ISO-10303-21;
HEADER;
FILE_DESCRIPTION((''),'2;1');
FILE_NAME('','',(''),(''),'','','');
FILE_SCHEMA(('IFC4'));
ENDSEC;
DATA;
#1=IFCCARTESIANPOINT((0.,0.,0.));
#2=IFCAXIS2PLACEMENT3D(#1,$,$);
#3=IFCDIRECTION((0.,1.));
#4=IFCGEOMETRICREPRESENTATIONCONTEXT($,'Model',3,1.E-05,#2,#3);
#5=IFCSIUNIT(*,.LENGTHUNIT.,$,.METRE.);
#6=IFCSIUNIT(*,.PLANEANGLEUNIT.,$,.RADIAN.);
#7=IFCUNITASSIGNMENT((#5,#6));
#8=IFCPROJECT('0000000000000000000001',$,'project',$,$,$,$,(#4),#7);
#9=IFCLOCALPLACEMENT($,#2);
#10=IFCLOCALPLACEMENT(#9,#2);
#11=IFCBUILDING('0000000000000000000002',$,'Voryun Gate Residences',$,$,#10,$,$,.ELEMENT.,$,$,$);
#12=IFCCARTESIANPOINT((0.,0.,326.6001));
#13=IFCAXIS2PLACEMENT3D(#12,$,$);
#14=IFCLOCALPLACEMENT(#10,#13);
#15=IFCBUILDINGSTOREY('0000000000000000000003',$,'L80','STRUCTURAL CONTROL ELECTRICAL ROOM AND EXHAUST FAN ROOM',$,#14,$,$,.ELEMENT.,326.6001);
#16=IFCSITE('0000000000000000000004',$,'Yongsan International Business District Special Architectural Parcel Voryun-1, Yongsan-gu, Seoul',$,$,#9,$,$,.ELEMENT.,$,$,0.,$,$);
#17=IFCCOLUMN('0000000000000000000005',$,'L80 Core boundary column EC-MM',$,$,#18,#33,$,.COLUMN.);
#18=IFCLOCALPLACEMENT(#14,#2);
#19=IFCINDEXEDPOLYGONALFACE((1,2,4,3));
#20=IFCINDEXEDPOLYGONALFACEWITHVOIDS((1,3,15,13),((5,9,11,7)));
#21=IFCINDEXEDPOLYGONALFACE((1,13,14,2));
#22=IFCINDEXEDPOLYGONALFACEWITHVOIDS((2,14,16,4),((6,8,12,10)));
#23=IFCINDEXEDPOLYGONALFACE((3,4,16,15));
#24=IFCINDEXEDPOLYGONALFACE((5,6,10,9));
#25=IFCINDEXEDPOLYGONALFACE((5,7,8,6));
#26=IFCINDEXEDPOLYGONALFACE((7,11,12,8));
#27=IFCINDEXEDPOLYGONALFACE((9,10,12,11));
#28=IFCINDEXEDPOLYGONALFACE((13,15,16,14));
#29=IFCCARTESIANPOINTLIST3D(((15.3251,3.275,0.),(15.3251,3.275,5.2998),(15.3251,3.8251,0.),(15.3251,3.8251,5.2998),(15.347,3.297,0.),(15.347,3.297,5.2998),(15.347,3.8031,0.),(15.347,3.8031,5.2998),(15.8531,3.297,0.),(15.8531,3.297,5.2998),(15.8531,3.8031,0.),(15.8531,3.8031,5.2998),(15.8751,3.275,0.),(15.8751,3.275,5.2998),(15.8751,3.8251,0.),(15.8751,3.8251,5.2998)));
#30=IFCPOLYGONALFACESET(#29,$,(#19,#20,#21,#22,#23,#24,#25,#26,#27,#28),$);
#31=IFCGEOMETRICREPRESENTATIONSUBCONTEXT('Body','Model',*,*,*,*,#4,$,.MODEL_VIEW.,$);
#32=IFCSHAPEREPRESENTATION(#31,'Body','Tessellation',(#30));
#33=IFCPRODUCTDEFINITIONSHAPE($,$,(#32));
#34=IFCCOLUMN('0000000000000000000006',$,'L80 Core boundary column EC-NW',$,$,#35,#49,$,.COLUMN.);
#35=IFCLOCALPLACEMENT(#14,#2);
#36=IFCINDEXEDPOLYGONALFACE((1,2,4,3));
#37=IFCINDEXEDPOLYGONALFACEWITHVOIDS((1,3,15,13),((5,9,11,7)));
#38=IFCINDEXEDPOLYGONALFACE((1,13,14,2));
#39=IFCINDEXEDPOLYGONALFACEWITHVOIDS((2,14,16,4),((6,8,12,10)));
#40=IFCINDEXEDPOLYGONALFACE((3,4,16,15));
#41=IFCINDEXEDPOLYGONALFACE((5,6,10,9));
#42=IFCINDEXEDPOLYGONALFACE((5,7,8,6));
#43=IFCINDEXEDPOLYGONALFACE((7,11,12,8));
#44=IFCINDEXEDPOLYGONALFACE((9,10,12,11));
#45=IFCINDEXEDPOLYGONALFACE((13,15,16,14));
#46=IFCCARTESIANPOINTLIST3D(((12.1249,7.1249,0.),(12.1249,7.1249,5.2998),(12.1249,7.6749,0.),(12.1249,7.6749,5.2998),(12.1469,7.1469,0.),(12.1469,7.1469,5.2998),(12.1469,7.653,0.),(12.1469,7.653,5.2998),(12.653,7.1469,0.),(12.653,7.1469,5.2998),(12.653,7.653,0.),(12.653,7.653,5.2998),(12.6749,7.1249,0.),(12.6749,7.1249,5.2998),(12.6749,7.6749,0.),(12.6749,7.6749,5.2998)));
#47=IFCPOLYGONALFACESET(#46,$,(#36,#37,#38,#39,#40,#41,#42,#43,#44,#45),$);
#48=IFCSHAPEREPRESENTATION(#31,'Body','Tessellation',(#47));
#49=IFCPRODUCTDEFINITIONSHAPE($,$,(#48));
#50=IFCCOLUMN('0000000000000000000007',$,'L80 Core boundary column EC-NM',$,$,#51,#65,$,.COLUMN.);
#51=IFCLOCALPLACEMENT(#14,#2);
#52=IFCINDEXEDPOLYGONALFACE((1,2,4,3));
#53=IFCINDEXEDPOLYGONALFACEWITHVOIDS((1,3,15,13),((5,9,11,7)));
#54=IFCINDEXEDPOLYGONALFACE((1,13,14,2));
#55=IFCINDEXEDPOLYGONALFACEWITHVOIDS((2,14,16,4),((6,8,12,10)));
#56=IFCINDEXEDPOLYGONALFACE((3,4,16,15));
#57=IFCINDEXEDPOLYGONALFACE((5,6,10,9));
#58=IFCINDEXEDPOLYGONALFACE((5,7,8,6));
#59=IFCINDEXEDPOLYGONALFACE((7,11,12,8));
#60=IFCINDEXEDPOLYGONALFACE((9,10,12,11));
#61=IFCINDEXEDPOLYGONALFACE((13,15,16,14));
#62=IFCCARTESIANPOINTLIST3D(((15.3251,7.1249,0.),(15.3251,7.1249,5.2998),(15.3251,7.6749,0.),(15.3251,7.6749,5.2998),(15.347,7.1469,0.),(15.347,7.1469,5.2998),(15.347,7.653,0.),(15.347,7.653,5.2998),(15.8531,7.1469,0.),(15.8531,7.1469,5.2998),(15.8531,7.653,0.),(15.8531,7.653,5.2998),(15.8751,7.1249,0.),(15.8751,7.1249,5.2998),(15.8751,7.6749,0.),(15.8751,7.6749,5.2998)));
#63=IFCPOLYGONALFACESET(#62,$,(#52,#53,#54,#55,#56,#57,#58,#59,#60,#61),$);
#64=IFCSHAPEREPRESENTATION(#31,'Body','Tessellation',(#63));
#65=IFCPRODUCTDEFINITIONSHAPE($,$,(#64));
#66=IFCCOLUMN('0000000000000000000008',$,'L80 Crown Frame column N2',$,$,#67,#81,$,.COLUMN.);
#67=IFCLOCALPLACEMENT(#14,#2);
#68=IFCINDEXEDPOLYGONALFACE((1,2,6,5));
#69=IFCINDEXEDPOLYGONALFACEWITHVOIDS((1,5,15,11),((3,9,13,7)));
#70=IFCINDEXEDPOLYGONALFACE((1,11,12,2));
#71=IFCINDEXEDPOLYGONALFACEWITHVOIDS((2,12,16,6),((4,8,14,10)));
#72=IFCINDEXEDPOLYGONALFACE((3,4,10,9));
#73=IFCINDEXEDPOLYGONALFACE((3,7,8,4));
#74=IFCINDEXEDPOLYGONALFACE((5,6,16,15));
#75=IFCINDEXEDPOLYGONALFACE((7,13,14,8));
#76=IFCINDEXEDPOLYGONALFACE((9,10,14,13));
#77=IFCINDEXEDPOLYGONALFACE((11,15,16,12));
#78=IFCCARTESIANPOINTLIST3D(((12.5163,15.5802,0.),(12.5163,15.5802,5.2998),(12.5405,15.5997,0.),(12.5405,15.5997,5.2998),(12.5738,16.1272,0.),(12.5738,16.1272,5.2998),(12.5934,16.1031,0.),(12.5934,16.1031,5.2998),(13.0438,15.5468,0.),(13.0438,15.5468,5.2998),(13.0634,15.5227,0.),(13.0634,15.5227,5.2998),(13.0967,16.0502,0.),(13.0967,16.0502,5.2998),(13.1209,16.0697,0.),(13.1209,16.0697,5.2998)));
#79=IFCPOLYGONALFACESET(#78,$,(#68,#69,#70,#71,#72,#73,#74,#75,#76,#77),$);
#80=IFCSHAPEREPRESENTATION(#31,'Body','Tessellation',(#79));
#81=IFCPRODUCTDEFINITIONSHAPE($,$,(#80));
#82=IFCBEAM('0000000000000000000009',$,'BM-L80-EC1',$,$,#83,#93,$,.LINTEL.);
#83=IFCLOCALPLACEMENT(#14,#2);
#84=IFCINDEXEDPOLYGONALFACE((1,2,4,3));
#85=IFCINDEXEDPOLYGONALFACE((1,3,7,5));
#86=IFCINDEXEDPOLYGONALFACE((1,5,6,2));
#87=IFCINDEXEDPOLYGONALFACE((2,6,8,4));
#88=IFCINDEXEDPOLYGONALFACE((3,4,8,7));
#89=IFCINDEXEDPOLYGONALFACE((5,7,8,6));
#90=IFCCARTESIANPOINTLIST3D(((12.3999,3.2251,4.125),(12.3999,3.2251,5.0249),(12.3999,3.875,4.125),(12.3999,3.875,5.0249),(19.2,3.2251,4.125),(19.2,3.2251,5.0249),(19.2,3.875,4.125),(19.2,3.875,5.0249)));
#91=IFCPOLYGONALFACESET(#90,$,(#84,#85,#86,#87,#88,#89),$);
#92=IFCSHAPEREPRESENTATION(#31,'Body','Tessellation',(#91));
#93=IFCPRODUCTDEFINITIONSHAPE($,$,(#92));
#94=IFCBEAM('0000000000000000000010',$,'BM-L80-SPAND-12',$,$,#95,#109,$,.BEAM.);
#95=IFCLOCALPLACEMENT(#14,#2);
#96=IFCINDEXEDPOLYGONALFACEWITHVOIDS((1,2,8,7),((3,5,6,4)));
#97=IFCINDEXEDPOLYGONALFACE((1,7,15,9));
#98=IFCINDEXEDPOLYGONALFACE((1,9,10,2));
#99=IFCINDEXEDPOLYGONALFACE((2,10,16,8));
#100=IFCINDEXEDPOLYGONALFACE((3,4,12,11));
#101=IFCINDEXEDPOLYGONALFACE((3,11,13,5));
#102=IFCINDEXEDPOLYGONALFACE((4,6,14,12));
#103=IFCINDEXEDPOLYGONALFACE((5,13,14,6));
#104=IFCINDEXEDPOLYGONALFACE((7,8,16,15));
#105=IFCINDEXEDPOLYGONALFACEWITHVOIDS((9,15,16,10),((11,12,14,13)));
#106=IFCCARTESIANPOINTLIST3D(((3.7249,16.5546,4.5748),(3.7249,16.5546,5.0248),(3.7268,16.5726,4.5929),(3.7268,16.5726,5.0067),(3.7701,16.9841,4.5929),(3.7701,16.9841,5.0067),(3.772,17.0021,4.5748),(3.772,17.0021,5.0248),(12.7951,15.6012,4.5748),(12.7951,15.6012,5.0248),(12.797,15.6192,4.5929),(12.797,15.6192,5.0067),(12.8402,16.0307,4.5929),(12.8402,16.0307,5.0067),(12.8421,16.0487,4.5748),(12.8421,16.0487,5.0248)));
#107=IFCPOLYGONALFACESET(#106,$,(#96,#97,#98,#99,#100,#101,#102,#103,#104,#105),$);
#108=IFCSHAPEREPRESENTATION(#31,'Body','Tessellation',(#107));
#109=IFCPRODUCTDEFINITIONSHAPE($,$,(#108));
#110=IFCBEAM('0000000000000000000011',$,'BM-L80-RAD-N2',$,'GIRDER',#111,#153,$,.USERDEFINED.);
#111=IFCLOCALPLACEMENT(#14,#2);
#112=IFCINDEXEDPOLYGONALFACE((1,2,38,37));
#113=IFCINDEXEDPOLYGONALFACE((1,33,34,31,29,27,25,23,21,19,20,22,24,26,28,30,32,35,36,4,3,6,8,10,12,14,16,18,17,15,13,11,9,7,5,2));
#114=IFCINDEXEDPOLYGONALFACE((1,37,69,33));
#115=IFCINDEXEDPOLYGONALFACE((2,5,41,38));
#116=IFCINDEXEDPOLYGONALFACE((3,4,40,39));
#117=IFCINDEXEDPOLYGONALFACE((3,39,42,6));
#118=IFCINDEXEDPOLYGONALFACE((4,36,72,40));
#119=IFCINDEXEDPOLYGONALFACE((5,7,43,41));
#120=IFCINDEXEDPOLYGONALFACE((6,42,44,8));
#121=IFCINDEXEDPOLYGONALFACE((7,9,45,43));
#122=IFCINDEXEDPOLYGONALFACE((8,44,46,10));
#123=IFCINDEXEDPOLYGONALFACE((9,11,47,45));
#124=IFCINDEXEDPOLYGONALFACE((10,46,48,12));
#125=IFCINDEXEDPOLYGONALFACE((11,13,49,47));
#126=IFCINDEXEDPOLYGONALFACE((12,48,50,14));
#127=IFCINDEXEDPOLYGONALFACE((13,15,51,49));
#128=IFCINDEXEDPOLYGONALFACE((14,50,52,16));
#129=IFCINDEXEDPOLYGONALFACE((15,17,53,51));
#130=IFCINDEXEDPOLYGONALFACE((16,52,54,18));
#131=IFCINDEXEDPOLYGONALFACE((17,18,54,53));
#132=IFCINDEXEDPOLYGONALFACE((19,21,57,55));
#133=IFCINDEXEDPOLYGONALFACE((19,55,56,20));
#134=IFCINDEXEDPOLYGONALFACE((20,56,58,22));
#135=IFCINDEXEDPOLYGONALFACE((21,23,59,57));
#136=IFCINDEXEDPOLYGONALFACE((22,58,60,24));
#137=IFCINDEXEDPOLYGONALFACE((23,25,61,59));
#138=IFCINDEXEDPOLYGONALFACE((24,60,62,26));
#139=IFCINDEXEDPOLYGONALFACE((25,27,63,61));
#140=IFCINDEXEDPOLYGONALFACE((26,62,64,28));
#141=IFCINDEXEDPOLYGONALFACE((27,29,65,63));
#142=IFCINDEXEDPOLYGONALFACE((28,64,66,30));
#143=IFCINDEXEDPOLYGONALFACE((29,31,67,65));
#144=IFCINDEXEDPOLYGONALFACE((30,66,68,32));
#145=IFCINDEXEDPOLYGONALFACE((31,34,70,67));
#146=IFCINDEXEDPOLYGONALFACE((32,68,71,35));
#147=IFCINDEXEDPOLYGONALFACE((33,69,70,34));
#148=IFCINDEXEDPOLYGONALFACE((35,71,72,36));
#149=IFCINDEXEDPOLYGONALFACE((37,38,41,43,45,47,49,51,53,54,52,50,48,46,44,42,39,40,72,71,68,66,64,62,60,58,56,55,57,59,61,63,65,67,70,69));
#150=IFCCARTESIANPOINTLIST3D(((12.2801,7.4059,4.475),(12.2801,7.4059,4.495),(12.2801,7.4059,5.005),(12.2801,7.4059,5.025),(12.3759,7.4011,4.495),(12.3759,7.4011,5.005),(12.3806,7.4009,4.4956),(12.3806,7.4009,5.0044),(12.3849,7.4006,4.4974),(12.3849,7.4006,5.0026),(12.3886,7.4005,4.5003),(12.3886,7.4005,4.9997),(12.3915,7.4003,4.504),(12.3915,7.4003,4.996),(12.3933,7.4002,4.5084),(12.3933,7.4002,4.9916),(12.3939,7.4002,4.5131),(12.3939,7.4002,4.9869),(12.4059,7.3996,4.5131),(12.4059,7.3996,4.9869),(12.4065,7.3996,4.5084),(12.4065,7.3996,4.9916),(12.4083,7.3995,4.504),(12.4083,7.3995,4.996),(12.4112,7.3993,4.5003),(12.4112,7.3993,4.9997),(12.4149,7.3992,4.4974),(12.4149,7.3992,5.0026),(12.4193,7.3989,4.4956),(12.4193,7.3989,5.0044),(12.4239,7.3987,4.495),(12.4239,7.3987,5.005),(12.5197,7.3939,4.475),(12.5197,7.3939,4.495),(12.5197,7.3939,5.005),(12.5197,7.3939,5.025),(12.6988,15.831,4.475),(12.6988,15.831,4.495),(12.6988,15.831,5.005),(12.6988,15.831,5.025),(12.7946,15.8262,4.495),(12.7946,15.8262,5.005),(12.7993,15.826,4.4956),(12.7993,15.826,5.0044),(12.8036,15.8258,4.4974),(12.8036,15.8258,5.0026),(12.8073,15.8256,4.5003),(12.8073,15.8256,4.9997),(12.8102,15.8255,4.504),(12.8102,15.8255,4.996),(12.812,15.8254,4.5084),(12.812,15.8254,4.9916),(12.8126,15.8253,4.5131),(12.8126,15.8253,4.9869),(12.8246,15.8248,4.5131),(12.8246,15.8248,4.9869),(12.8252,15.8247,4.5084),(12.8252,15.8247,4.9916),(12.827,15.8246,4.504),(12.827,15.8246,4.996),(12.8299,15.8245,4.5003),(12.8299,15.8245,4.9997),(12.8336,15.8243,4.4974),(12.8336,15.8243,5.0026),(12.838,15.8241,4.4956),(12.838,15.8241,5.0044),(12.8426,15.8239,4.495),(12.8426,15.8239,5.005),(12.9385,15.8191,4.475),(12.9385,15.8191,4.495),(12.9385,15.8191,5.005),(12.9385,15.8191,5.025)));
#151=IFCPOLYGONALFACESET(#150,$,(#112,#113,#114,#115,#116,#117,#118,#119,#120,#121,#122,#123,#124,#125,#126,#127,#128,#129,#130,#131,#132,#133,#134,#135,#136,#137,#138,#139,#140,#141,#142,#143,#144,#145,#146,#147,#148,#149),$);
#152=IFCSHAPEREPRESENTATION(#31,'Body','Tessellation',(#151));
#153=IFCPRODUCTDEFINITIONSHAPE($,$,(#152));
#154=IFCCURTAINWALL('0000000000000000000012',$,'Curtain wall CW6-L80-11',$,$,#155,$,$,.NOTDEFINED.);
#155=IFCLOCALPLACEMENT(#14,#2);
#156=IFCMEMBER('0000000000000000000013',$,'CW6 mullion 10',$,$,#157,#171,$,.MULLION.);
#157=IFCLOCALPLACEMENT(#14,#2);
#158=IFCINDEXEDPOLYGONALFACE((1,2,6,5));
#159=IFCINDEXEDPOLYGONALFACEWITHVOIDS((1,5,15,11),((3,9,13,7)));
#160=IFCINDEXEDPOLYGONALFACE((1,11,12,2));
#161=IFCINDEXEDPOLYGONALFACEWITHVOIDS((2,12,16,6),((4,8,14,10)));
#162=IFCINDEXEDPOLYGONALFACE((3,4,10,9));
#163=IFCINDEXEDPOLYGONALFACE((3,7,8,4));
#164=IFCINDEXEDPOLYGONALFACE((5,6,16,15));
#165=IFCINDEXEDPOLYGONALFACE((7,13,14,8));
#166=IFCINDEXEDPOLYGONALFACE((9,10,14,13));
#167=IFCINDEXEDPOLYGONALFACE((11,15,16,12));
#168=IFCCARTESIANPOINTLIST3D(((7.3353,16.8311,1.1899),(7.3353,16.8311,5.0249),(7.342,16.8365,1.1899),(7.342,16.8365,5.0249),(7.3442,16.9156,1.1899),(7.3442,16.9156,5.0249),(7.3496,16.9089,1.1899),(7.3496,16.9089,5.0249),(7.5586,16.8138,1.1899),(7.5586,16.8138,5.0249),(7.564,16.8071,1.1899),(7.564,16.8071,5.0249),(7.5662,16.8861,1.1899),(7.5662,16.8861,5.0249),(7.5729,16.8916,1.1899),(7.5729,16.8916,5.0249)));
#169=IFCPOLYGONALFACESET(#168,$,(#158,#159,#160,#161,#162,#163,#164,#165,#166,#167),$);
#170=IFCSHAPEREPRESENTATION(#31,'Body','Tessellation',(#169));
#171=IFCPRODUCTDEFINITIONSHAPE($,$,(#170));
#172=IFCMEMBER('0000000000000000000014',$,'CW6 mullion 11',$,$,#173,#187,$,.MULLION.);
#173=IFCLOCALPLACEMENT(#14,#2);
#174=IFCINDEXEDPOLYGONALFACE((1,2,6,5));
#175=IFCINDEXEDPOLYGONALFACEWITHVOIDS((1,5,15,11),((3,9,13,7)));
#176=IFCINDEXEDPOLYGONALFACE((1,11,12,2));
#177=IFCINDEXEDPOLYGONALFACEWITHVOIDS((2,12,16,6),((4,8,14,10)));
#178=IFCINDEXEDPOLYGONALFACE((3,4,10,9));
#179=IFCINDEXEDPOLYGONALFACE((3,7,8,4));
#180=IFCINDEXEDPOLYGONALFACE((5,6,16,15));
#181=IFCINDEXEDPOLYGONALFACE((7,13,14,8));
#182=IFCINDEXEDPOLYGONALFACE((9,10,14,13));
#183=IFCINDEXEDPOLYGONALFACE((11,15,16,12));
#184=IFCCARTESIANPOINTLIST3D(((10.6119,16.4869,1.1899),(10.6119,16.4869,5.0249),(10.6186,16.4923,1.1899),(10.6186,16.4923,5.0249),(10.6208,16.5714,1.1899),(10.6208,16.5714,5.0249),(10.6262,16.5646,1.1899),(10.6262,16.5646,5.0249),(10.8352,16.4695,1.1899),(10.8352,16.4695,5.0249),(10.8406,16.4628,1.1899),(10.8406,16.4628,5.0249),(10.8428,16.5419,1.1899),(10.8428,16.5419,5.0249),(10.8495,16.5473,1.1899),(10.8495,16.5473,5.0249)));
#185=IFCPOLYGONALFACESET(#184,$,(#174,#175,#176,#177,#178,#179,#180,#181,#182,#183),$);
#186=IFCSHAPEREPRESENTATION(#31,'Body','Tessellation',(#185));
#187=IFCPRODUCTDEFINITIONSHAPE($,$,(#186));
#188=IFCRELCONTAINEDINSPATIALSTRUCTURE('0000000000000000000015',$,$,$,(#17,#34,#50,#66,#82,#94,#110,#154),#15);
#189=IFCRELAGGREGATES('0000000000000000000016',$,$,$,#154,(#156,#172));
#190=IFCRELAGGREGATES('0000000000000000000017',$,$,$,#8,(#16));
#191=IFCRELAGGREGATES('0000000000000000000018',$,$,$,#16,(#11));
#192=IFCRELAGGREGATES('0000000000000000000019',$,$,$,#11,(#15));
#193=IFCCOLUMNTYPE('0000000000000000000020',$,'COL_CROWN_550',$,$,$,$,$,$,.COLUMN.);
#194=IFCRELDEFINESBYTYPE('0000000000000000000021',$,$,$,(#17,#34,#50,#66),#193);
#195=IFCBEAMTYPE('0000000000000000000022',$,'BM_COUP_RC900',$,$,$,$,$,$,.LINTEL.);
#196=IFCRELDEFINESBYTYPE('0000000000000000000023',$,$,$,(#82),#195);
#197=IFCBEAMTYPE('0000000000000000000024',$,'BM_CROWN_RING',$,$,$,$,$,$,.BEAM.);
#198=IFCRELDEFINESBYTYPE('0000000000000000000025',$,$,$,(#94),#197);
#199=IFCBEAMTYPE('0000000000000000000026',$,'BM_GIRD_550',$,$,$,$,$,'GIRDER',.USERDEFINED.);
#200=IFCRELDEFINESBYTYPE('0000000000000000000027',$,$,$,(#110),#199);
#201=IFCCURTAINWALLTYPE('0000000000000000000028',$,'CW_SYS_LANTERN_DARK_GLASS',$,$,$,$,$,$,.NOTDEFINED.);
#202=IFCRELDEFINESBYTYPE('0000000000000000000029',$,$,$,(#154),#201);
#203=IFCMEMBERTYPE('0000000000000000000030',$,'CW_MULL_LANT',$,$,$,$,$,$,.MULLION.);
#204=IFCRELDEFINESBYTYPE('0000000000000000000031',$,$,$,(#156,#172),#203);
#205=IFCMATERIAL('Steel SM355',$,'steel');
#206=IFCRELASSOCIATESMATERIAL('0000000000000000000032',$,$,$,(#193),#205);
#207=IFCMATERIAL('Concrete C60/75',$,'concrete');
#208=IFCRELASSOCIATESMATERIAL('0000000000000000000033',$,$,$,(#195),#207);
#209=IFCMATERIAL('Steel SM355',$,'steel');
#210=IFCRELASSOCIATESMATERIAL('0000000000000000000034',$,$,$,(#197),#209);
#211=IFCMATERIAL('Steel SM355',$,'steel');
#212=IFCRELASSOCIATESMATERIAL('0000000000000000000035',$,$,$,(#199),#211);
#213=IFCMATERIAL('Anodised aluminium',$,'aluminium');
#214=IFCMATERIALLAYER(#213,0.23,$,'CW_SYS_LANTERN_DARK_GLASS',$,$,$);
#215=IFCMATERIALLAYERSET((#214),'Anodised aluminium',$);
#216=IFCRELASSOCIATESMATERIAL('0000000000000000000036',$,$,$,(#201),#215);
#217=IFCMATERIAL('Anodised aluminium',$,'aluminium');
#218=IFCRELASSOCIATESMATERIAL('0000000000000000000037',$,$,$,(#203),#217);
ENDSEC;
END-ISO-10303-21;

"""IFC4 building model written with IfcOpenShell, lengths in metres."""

from ifc_helpers import new_model, si_unit, direction, frame, origin, origin_2d, place, context, subcontext, project, spatial, rectangle, hollow_rectangle, i_section, extrude, material, layer, layer_set, material_profile, profile_set, type_object, element, aggregate, save


model = new_model("IFC4")

# Units and contexts
model_context = context("Model", 3, precision=1e-05, world=origin(), true_north=direction((0.0, 1.0)))
body_context = subcontext(model_context, "Body", "Model", "MODEL_VIEW")
ifc_project = project(units=[si_unit("LENGTHUNIT", "METRE"), si_unit("PLANEANGLEUNIT", "RADIAN")], contexts=[model_context])

# Site, building, storey
site_placement = place(None, origin())
site = spatial("IfcSite", under=ifc_project, at=site_placement, Name="Yongsan International Business District Special Architectural Parcel Voryun-1, Yongsan-gu, Seoul", CompositionType="ELEMENT", RefElevation=0.0)
building_placement = place(site_placement, origin())
building = spatial("IfcBuilding", under=site, at=building_placement, Name="Voryun Gate Residences", CompositionType="ELEMENT")
storey_placement = place(building_placement, frame((0.0, 0.0, 326.6001)))
storey = spatial("IfcBuildingStorey", under=building, at=storey_placement, Name="L80", Description="STRUCTURAL CONTROL ELECTRICAL ROOM AND EXHAUST FAN ROOM", CompositionType="ELEMENT", Elevation=326.6001)

# Columns
ifc_material_1 = material(Name="Steel SM355", Category="steel")
ifc_material_profile_1 = material_profile(ifc_material_1, hollow_rectangle(XDim=0.55, YDim=0.55, WallThickness=0.022, at=origin_2d()), Name="BOX-550x550x22")
ifc_profile_set_1 = profile_set([ifc_material_profile_1], Name="Steel SM355")
column_type = type_object("IfcColumnType", Name="COL_CROWN_550", PredefinedType="COLUMN", material=ifc_profile_set_1)
for number, where, z_axis, x_axis, name in (
    (1, (15.6001, 3.55, 0.0), (0.0, 0.0, 1.0), (1.0, 0.0, 0.0), "L80 Core boundary column EC-MM"),
    (2, (12.3999, 7.3999, 0.0), (0.0, 0.0, 1.0), (1.0, 0.0, 0.0), "L80 Core boundary column EC-NW"),
    (3, (15.6001, 7.3999, 0.0), (0.0, 0.0, 1.0), (1.0, 0.0, 0.0), "L80 Core boundary column EC-NM"),
    (4, (12.8186, 15.825, 0.0), (0.0, 0.0, 1.0), (0.994522, -0.104528, 0.0), "L80 Crown Frame column N2"),
):
    element("IfcColumn", number, at=place(storey_placement, frame(where, z_axis=z_axis, x_axis=x_axis)), inside=storey, type_object=column_type, Name=name, PredefinedType="COLUMN", context=body_context, shape_type="SweptSolid", body=[
        extrude(hollow_rectangle(XDim=0.55, YDim=0.55, WallThickness=0.022, at=origin_2d()), origin(), (0.0, 0.0, 1.0), 5.2998),
    ])

# Beams
ifc_material_2 = material(Name="Concrete C60/75", Category="concrete")
ifc_material_profile_2 = material_profile(ifc_material_2, rectangle(XDim=0.6499, YDim=0.8999, at=origin_2d()), Name="RC-650x900")
ifc_profile_set_2 = profile_set([ifc_material_profile_2], Name="Concrete C60/75")
beam_type_1 = type_object("IfcBeamType", Name="BM_COUP_RC900", PredefinedType="LINTEL", material=ifc_profile_set_2)
beam_1_placement = place(storey_placement, frame((12.3999, 3.55, 4.575), z_axis=(1.0, 0.0, 0.0), x_axis=(0.0, 1.0, 0.0)))
element("IfcBeam", 5, at=beam_1_placement, inside=storey, type_object=beam_type_1, Name="BM-L80-EC1", PredefinedType="LINTEL", context=body_context, shape_type="SweptSolid", body=[
    extrude(rectangle(XDim=0.6499, YDim=0.8999, at=origin_2d()), origin(), (0.0, 0.0, 1.0), 6.8),
])
ifc_material_3 = material(Name="Steel SM355", Category="steel")
ifc_material_profile_3 = material_profile(ifc_material_3, hollow_rectangle(XDim=0.45, YDim=0.45, WallThickness=0.0181, at=origin_2d()), Name="BOX-450x450x18")
ifc_profile_set_3 = profile_set([ifc_material_profile_3], Name="Steel SM355")
beam_type_2 = type_object("IfcBeamType", Name="BM_CROWN_RING", PredefinedType="BEAM", material=ifc_profile_set_3)
beam_2_placement = place(storey_placement, frame((12.8186, 15.825, 4.7998), z_axis=(-0.994521, 0.104536, 0.0), x_axis=(-0.104536, -0.994521, 0.0)))
element("IfcBeam", 6, at=beam_2_placement, inside=storey, type_object=beam_type_2, Name="BM-L80-SPAND-12", PredefinedType="BEAM", context=body_context, shape_type="SweptSolid", body=[
    extrude(hollow_rectangle(XDim=0.45, YDim=0.45, WallThickness=0.0181, at=origin_2d()), origin(), (0.0, 0.0, 1.0), 9.1201),
])
ifc_material_4 = material(Name="Steel SM355", Category="steel")
ifc_material_profile_4 = material_profile(ifc_material_4, i_section(OverallWidth=0.24, OverallDepth=0.55, WebThickness=0.012, FlangeThickness=0.02, FilletRadius=0.0181, at=origin_2d()), Name="H-550x240x12x20")
ifc_profile_set_4 = profile_set([ifc_material_profile_4], Name="Steel SM355")
beam_type_3 = type_object("IfcBeamType", Name="BM_GIRD_550", ElementType="GIRDER", PredefinedType="USERDEFINED", material=ifc_profile_set_4)
beam_3_placement = place(storey_placement, frame((12.3999, 7.3999, 4.75), z_axis=(0.049636, 0.998767, 0.0), x_axis=(-0.998767, 0.049636, 0.0)))
element("IfcBeam", 7, at=beam_3_placement, inside=storey, type_object=beam_type_3, Name="BM-L80-RAD-N2", ObjectType="GIRDER", PredefinedType="USERDEFINED", context=body_context, shape_type="SweptSolid", body=[
    extrude(i_section(OverallWidth=0.24, OverallDepth=0.55, WebThickness=0.012, FlangeThickness=0.02, FilletRadius=0.0181, at=origin_2d()), origin(), (0.0, 0.0, 1.0), 8.4355),
])

# Curtain wall, members
ifc_material_5 = material(Name="Anodised aluminium", Category="aluminium")
ifc_layer_1 = layer(ifc_material_5, 0.23, Name="CW_SYS_LANTERN_DARK_GLASS")
ifc_layer_set_1 = layer_set([ifc_layer_1], Name="Anodised aluminium")
curtain_wall_type = type_object("IfcCurtainWallType", Name="CW_SYS_LANTERN_DARK_GLASS", PredefinedType="NOTDEFINED", material=ifc_layer_set_1)
curtain_wall_placement = place(storey_placement, origin())
curtain_wall = element("IfcCurtainWall", 8, at=curtain_wall_placement, inside=storey, type_object=curtain_wall_type, Name="Curtain wall CW6-L80-11", PredefinedType="NOTDEFINED")
ifc_material_6 = material(Name="Anodised aluminium", Category="aluminium")
ifc_material_profile_5 = material_profile(ifc_material_6, hollow_rectangle(XDim=0.085, YDim=0.23, WallThickness=0.0061, at=origin_2d()), Name="ALU-MULL-230x85x6")
ifc_profile_set_5 = profile_set([ifc_material_profile_5], Name="Anodised aluminium")
member_type_1 = type_object("IfcMemberType", Name="CW_MULL_LANT", PredefinedType="MULLION", material=ifc_profile_set_5)
member_1_placement = place(storey_placement, frame((7.4541, 16.8613, 1.1899), z_axis=(0.0, 0.0, 1.0), x_axis=(0.104528, 0.994522, 0.0)))
member_1 = element("IfcMember", 9, at=member_1_placement, type_object=member_type_1, Name="CW6 mullion 10", PredefinedType="MULLION", context=body_context, shape_type="SweptSolid", body=[
    extrude(hollow_rectangle(XDim=0.085, YDim=0.23, WallThickness=0.0061, at=origin_2d()), origin(), (0.0, 0.0, 1.0), 3.835),
])
member_2_placement = place(storey_placement, frame((10.7307, 16.5171, 1.1899), z_axis=(0.0, 0.0, 1.0), x_axis=(0.104528, 0.994522, 0.0)))
member_2 = element("IfcMember", 10, at=member_2_placement, type_object=member_type_1, Name="CW6 mullion 11", PredefinedType="MULLION", context=body_context, shape_type="SweptSolid", body=[
    extrude(hollow_rectangle(XDim=0.085, YDim=0.23, WallThickness=0.0061, at=origin_2d()), origin(), (0.0, 0.0, 1.0), 3.835),
])

aggregate(curtain_wall, [member_1, member_2])

save(model, "model.ifc")
